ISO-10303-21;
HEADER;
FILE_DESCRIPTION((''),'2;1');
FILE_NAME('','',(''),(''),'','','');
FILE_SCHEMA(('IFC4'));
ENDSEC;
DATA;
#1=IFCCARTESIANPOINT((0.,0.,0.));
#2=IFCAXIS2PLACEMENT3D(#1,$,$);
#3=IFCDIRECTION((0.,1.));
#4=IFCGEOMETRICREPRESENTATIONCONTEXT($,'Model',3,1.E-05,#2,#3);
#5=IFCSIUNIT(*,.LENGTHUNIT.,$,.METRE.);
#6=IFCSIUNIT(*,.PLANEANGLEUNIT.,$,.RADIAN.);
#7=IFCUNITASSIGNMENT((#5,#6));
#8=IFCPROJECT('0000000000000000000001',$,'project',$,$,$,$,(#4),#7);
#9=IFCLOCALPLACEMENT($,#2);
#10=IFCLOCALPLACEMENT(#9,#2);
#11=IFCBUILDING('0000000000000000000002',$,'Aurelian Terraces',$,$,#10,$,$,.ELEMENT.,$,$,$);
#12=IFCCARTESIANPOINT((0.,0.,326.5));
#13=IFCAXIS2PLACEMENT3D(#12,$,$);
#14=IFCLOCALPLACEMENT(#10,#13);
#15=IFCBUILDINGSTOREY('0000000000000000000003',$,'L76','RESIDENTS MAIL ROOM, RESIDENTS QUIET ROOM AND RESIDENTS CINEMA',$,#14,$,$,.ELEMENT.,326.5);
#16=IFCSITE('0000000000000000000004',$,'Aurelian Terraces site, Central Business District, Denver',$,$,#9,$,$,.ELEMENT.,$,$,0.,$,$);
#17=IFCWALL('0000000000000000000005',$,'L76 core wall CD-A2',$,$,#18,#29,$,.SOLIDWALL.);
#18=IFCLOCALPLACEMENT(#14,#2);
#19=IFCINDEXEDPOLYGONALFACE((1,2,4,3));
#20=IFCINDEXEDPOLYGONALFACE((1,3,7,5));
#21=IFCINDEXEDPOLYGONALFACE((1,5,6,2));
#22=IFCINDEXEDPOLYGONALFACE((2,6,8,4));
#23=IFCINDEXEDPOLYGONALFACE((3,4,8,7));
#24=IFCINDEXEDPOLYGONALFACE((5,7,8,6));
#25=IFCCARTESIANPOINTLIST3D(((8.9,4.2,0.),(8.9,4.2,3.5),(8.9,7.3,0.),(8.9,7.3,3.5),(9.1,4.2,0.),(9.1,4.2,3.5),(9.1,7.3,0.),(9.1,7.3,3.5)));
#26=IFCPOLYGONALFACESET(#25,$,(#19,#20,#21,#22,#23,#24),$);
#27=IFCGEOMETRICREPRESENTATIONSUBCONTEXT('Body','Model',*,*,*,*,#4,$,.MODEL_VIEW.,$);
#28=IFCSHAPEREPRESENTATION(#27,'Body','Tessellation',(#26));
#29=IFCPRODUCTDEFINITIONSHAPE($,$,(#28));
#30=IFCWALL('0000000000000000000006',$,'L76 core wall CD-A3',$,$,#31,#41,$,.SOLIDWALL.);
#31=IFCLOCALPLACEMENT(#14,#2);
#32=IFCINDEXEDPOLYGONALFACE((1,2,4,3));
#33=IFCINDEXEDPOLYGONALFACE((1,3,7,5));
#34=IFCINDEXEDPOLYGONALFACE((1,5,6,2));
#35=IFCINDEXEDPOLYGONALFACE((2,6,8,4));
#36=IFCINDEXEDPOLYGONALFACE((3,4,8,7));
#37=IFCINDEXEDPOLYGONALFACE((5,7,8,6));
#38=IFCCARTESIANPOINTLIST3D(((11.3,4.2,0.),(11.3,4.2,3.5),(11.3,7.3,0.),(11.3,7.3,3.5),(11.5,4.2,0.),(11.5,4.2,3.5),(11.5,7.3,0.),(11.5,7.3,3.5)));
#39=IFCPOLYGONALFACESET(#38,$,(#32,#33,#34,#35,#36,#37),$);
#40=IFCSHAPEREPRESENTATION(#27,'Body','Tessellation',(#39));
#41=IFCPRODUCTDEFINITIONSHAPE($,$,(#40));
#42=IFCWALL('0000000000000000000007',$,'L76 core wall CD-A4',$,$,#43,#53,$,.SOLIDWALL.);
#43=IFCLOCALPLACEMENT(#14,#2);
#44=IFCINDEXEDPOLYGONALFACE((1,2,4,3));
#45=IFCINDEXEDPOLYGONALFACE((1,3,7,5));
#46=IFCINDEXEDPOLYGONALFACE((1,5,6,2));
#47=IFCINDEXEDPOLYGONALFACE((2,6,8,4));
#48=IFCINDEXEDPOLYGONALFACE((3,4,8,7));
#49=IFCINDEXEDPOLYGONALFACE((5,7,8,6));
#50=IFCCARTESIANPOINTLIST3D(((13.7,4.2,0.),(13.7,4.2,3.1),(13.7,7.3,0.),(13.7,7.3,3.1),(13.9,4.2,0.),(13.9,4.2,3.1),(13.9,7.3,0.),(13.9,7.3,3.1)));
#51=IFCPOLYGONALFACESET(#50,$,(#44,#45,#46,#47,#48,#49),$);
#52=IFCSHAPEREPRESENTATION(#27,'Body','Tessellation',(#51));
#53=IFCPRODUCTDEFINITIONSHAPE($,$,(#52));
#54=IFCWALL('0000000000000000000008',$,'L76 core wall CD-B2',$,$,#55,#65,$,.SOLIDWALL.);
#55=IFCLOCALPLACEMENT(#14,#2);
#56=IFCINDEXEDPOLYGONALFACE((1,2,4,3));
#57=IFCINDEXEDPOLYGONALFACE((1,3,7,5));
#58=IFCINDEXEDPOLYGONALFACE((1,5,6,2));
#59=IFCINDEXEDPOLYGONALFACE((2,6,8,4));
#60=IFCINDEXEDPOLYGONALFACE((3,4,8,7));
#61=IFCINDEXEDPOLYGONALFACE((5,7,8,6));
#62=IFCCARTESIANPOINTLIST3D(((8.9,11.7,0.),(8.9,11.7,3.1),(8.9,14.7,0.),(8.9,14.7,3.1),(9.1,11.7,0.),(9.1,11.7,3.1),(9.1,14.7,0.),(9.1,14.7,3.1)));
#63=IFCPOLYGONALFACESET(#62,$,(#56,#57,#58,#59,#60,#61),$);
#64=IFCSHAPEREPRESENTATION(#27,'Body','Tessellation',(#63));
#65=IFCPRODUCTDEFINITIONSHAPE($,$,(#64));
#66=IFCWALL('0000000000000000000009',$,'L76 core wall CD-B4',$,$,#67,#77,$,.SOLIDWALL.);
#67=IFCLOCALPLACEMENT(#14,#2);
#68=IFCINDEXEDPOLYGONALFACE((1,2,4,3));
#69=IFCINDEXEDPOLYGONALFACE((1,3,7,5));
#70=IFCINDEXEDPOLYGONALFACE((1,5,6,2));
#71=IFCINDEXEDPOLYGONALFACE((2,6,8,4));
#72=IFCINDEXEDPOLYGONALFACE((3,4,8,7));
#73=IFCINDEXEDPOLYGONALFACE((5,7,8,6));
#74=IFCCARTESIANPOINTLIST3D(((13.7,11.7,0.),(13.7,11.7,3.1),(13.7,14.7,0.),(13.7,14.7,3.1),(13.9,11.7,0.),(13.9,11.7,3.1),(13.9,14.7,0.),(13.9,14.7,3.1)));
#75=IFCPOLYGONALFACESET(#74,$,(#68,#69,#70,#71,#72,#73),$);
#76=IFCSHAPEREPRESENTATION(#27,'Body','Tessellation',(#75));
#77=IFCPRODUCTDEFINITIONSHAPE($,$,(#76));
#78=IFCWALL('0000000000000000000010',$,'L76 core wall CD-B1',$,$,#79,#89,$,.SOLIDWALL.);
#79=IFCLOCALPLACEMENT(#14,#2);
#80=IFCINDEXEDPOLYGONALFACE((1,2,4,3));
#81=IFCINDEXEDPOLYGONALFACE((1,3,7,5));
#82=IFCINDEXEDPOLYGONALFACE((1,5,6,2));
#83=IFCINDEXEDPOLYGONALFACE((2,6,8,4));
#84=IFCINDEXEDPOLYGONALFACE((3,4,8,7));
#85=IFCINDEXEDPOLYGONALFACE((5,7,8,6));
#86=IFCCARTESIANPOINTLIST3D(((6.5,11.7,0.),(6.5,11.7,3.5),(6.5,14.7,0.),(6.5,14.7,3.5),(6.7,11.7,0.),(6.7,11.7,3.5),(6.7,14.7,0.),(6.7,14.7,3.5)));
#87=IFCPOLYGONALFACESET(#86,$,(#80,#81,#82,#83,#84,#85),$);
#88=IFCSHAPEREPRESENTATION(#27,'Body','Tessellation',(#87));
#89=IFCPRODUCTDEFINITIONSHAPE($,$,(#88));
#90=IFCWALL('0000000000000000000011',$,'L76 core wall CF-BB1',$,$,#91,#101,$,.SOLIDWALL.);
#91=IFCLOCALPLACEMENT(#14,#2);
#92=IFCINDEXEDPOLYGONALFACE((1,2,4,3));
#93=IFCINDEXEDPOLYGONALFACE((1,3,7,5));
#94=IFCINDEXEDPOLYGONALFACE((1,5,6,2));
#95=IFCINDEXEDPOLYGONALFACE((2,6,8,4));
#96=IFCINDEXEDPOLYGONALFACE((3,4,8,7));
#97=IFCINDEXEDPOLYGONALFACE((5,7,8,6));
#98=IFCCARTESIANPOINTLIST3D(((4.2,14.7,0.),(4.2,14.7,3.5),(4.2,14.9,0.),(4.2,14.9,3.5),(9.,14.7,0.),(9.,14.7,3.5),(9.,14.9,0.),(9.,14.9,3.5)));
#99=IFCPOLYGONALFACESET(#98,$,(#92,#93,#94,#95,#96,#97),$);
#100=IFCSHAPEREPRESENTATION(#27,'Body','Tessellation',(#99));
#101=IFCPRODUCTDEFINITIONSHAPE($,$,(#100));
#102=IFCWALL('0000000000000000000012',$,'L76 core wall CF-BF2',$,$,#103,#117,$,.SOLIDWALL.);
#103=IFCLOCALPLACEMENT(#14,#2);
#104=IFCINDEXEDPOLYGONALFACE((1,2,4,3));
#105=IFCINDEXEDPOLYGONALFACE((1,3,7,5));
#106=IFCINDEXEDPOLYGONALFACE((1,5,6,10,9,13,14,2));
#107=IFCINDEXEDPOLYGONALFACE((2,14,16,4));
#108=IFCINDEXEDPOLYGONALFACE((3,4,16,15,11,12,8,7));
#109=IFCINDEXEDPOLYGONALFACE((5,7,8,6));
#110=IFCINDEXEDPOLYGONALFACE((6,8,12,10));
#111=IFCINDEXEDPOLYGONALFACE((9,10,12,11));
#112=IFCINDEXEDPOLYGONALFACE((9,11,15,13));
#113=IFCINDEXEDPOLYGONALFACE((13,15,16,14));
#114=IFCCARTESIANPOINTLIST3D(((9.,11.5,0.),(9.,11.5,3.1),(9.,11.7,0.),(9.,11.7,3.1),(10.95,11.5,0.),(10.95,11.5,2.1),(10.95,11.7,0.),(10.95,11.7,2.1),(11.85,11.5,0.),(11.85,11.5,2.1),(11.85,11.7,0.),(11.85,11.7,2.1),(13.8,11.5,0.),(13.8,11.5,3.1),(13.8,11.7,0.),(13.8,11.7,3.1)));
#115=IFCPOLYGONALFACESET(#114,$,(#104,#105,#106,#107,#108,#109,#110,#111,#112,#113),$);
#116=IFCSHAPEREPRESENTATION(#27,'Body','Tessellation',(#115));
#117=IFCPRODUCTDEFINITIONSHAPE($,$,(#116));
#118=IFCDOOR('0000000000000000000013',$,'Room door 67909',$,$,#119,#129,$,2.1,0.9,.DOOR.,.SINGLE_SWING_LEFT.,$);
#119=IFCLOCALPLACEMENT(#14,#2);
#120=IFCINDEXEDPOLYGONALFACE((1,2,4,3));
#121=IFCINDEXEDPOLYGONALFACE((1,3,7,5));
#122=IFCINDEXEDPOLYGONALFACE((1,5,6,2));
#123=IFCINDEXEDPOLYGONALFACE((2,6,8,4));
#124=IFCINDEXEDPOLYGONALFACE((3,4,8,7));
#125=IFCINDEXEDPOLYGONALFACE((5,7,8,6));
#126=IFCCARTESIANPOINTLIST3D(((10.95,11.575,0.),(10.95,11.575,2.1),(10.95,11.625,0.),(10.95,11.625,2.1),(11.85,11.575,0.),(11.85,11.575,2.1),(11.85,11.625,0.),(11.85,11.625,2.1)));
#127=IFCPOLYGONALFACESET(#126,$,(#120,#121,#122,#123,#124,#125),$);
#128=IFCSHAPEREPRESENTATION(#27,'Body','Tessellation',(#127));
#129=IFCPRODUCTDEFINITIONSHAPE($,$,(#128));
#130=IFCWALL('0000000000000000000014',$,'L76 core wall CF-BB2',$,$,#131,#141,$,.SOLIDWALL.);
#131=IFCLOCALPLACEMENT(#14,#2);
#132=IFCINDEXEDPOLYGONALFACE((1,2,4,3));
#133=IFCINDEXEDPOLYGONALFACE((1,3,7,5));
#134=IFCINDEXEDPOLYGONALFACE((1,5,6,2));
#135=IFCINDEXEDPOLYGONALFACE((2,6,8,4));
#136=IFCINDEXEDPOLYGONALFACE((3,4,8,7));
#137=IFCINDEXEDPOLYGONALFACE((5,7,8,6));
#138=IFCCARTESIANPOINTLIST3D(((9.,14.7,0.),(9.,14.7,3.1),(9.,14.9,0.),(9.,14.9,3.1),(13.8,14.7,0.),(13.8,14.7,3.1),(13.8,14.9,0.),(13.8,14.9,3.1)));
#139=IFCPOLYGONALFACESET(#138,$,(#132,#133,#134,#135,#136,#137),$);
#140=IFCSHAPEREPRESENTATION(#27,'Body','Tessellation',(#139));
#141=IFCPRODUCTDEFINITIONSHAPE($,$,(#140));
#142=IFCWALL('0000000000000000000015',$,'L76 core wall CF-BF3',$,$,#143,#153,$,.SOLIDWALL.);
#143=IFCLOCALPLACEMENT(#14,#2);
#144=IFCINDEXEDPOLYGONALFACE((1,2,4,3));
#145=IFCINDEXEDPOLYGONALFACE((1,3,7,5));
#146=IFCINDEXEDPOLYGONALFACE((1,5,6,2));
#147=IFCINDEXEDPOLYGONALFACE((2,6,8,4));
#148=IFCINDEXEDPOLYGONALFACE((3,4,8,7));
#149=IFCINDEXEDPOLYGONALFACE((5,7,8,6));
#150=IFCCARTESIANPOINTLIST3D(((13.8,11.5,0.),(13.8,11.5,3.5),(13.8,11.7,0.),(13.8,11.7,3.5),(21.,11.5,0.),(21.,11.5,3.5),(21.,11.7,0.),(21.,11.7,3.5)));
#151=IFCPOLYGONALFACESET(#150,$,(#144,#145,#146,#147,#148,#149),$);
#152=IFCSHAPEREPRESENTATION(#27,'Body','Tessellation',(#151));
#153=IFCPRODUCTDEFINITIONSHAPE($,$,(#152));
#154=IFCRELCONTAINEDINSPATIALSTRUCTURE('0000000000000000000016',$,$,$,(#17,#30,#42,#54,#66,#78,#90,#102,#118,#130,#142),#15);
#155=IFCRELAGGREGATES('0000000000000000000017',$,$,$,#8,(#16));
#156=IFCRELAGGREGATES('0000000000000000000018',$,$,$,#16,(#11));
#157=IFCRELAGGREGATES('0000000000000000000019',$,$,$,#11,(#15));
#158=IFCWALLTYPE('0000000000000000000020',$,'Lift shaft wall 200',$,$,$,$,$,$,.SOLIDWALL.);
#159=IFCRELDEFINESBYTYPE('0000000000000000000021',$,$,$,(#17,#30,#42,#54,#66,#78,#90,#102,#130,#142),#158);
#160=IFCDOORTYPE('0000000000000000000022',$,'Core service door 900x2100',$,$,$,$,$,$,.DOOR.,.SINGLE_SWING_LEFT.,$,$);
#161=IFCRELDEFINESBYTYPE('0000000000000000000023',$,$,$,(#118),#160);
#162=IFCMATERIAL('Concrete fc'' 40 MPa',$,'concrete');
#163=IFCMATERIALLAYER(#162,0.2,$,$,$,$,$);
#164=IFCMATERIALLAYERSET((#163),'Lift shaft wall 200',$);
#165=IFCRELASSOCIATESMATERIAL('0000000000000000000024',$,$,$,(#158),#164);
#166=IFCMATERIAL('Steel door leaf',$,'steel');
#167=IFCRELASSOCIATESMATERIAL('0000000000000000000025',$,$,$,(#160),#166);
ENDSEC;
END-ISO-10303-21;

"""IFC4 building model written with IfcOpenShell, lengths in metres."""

from ifc_helpers import new_model, si_unit, direction, frame, frame_2d, origin, place, context, subcontext, project, spatial, rectangle, extrude, source, transform, mapped, material, layer, layer_set, type_object, element, fill, save


model = new_model("IFC4")

# Units and contexts
model_context = context("Model", 3, precision=1e-05, world=origin(), true_north=direction((0.0, 1.0)))
body_context = subcontext(model_context, "Body", "Model", "MODEL_VIEW")
ifc_project = project(units=[si_unit("LENGTHUNIT", "METRE"), si_unit("PLANEANGLEUNIT", "RADIAN")], contexts=[model_context])

# Site, building, storey
site_placement = place(None, origin())
site = spatial("IfcSite", under=ifc_project, at=site_placement, Name="Aurelian Terraces site, Central Business District, Denver", CompositionType="ELEMENT", RefElevation=0.0)
building_placement = place(site_placement, origin())
building = spatial("IfcBuilding", under=site, at=building_placement, Name="Aurelian Terraces", CompositionType="ELEMENT")
storey_placement = place(building_placement, frame((0.0, 0.0, 326.5)))
storey = spatial("IfcBuildingStorey", under=building, at=storey_placement, Name="L76", Description="RESIDENTS MAIL ROOM, RESIDENTS QUIET ROOM AND RESIDENTS CINEMA", CompositionType="ELEMENT", Elevation=326.5)

# Walls
ifc_material_1 = material(Name="Concrete fc' 40 MPa", Category="concrete")
ifc_layer_1 = layer(ifc_material_1, 0.2)
ifc_layer_set_1 = layer_set([ifc_layer_1], Name="Lift shaft wall 200")
wall_type_1 = type_object("IfcWallType", Name="Lift shaft wall 200", PredefinedType="SOLIDWALL", material=ifc_layer_set_1)
shared_shape_1 = source(origin(), body_context, "Body", "SweptSolid", [
    extrude(rectangle(XDim=3.1, YDim=0.2, at=frame_2d((1.55, 0.0))), origin(), (0.0, 0.0, 1.0), 3.5),
])
for number, where, z_axis, x_axis, name in (
    (1, (9.0, 4.2, 0.0), (0.0, 0.0, 1.0), (0.0, 1.0, 0.0), "L76 core wall CD-A2"),
    (2, (11.4, 4.2, 0.0), (0.0, 0.0, 1.0), (0.0, 1.0, 0.0), "L76 core wall CD-A3"),
):
    element("IfcWall", number, at=place(storey_placement, frame(where, z_axis=z_axis, x_axis=x_axis)), inside=storey, type_object=wall_type_1, Name=name, PredefinedType="SOLIDWALL", context=body_context, shape_type="MappedRepresentation", body=[
        mapped(shared_shape_1, transform((0.0, 0.0, 0.0), scale=1.0)),
    ])
shared_shape_2 = source(origin(), body_context, "Body", "SweptSolid", [
    extrude(rectangle(XDim=3.1, YDim=0.2, at=frame_2d((1.55, 0.0))), origin(), (0.0, 0.0, 1.0), 3.1),
])
wall_1_placement = place(storey_placement, frame((13.8, 4.2, 0.0), z_axis=(0.0, 0.0, 1.0), x_axis=(0.0, 1.0, 0.0)))
element("IfcWall", 3, at=wall_1_placement, inside=storey, type_object=wall_type_1, Name="L76 core wall CD-A4", PredefinedType="SOLIDWALL", context=body_context, shape_type="MappedRepresentation", body=[
    mapped(shared_shape_2, transform((0.0, 0.0, 0.0), scale=1.0)),
])
shared_shape_3 = source(origin(), body_context, "Body", "SweptSolid", [
    extrude(rectangle(XDim=3.0, YDim=0.2, at=frame_2d((1.5, 0.0))), origin(), (0.0, 0.0, 1.0), 3.1),
])
for number, where, z_axis, x_axis, name in (
    (4, (9.0, 11.7, 0.0), (0.0, 0.0, 1.0), (0.0, 1.0, 0.0), "L76 core wall CD-B2"),
    (5, (13.8, 11.7, 0.0), (0.0, 0.0, 1.0), (0.0, 1.0, 0.0), "L76 core wall CD-B4"),
):
    element("IfcWall", number, at=place(storey_placement, frame(where, z_axis=z_axis, x_axis=x_axis)), inside=storey, type_object=wall_type_1, Name=name, PredefinedType="SOLIDWALL", context=body_context, shape_type="MappedRepresentation", body=[
        mapped(shared_shape_3, transform((0.0, 0.0, 0.0), scale=1.0)),
    ])
shared_shape_4 = source(origin(), body_context, "Body", "SweptSolid", [
    extrude(rectangle(XDim=3.0, YDim=0.2, at=frame_2d((1.5, 0.0))), origin(), (0.0, 0.0, 1.0), 3.5),
])
wall_2_placement = place(storey_placement, frame((6.6, 11.7, 0.0), z_axis=(0.0, 0.0, 1.0), x_axis=(0.0, 1.0, 0.0)))
element("IfcWall", 6, at=wall_2_placement, inside=storey, type_object=wall_type_1, Name="L76 core wall CD-B1", PredefinedType="SOLIDWALL", context=body_context, shape_type="MappedRepresentation", body=[
    mapped(shared_shape_4, transform((0.0, 0.0, 0.0), scale=1.0)),
])
shared_shape_5 = source(origin(), body_context, "Body", "SweptSolid", [
    extrude(rectangle(XDim=4.8, YDim=0.2, at=frame_2d((2.4, 0.0))), origin(), (0.0, 0.0, 1.0), 3.5),
])
wall_3_placement = place(storey_placement, frame((4.2, 14.8, 0.0), z_axis=(0.0, 0.0, 1.0), x_axis=(1.0, 0.0, 0.0)))
element("IfcWall", 7, at=wall_3_placement, inside=storey, type_object=wall_type_1, Name="L76 core wall CF-BB1", PredefinedType="SOLIDWALL", context=body_context, shape_type="MappedRepresentation", body=[
    mapped(shared_shape_5, transform((0.0, 0.0, 0.0), scale=1.0)),
])

# Wall, opening, door
shared_shape_6 = source(origin(), body_context, "Body", "SweptSolid", [
    extrude(rectangle(XDim=4.8, YDim=0.2, at=frame_2d((2.4, 0.0))), origin(), (0.0, 0.0, 1.0), 3.1),
])
wall_4_placement = place(storey_placement, frame((9.0, 11.6, 0.0), z_axis=(0.0, 0.0, 1.0), x_axis=(1.0, 0.0, 0.0)))
wall_4 = element("IfcWall", 8, at=wall_4_placement, inside=storey, type_object=wall_type_1, Name="L76 core wall CF-BF2", PredefinedType="SOLIDWALL", context=body_context, shape_type="MappedRepresentation", body=[
    mapped(shared_shape_6, transform((0.0, 0.0, 0.0), scale=1.0)),
])
shared_shape_7 = source(origin(), body_context, "Body", "SweptSolid", [
    extrude(rectangle(XDim=0.9, YDim=2.1, at=frame_2d((0.45, 1.05))), frame((0.0, 0.11, 0.0), z_axis=(0.0, -1.0, 0.0), x_axis=(1.0, 0.0, 0.0)), (0.0, 0.0, 1.0), 0.22),
])
opening_1_placement = place(wall_4_placement, frame((1.95, 0.0, 0.0)))
opening_1 = element("IfcOpeningElement", 9, at=opening_1_placement, cuts=wall_4, PredefinedType="OPENING", context=body_context, shape_type="MappedRepresentation", body=[
    mapped(shared_shape_7, transform((0.0, 0.0, 0.0), scale=1.0)),
])
ifc_material_2 = material(Name="Steel door leaf", Category="steel")
door_type_1 = type_object("IfcDoorType", Name="Core service door 900x2100", OperationType="SINGLE_SWING_LEFT", PredefinedType="DOOR", material=ifc_material_2)
shared_shape_8 = source(origin(), body_context, "Body", "SweptSolid", [
    extrude(rectangle(XDim=0.9, YDim=2.1, at=frame_2d((0.45, 1.05))), frame((0.0, 0.025, 0.0), z_axis=(0.0, -1.0, 0.0), x_axis=(1.0, 0.0, 0.0)), (0.0, 0.0, 1.0), 0.05),
])
door_1_placement = place(opening_1_placement, origin())
door_1 = element("IfcDoor", 10, at=door_1_placement, inside=storey, type_object=door_type_1, Name="Room door 67909", OperationType="SINGLE_SWING_LEFT", OverallHeight=2.1, OverallWidth=0.9, PredefinedType="DOOR", context=body_context, shape_type="MappedRepresentation", body=[
    mapped(shared_shape_8, transform((0.0, 0.0, 0.0), scale=1.0)),
])
fill(opening_1, door_1)

# Walls
wall_5_placement = place(storey_placement, frame((9.0, 14.8, 0.0), z_axis=(0.0, 0.0, 1.0), x_axis=(1.0, 0.0, 0.0)))
element("IfcWall", 11, at=wall_5_placement, inside=storey, type_object=wall_type_1, Name="L76 core wall CF-BB2", PredefinedType="SOLIDWALL", context=body_context, shape_type="MappedRepresentation", body=[
    mapped(shared_shape_6, transform((0.0, 0.0, 0.0), scale=1.0)),
])
shared_shape_9 = source(origin(), body_context, "Body", "SweptSolid", [
    extrude(rectangle(XDim=7.2, YDim=0.2, at=frame_2d((3.6, 0.0))), origin(), (0.0, 0.0, 1.0), 3.5),
])
wall_6_placement = place(storey_placement, frame((13.8, 11.6, 0.0), z_axis=(0.0, 0.0, 1.0), x_axis=(1.0, 0.0, 0.0)))
element("IfcWall", 12, at=wall_6_placement, inside=storey, type_object=wall_type_1, Name="L76 core wall CF-BF3", PredefinedType="SOLIDWALL", context=body_context, shape_type="MappedRepresentation", body=[
    mapped(shared_shape_9, transform((0.0, 0.0, 0.0), scale=1.0)),
])

save(model, "model.ifc")
